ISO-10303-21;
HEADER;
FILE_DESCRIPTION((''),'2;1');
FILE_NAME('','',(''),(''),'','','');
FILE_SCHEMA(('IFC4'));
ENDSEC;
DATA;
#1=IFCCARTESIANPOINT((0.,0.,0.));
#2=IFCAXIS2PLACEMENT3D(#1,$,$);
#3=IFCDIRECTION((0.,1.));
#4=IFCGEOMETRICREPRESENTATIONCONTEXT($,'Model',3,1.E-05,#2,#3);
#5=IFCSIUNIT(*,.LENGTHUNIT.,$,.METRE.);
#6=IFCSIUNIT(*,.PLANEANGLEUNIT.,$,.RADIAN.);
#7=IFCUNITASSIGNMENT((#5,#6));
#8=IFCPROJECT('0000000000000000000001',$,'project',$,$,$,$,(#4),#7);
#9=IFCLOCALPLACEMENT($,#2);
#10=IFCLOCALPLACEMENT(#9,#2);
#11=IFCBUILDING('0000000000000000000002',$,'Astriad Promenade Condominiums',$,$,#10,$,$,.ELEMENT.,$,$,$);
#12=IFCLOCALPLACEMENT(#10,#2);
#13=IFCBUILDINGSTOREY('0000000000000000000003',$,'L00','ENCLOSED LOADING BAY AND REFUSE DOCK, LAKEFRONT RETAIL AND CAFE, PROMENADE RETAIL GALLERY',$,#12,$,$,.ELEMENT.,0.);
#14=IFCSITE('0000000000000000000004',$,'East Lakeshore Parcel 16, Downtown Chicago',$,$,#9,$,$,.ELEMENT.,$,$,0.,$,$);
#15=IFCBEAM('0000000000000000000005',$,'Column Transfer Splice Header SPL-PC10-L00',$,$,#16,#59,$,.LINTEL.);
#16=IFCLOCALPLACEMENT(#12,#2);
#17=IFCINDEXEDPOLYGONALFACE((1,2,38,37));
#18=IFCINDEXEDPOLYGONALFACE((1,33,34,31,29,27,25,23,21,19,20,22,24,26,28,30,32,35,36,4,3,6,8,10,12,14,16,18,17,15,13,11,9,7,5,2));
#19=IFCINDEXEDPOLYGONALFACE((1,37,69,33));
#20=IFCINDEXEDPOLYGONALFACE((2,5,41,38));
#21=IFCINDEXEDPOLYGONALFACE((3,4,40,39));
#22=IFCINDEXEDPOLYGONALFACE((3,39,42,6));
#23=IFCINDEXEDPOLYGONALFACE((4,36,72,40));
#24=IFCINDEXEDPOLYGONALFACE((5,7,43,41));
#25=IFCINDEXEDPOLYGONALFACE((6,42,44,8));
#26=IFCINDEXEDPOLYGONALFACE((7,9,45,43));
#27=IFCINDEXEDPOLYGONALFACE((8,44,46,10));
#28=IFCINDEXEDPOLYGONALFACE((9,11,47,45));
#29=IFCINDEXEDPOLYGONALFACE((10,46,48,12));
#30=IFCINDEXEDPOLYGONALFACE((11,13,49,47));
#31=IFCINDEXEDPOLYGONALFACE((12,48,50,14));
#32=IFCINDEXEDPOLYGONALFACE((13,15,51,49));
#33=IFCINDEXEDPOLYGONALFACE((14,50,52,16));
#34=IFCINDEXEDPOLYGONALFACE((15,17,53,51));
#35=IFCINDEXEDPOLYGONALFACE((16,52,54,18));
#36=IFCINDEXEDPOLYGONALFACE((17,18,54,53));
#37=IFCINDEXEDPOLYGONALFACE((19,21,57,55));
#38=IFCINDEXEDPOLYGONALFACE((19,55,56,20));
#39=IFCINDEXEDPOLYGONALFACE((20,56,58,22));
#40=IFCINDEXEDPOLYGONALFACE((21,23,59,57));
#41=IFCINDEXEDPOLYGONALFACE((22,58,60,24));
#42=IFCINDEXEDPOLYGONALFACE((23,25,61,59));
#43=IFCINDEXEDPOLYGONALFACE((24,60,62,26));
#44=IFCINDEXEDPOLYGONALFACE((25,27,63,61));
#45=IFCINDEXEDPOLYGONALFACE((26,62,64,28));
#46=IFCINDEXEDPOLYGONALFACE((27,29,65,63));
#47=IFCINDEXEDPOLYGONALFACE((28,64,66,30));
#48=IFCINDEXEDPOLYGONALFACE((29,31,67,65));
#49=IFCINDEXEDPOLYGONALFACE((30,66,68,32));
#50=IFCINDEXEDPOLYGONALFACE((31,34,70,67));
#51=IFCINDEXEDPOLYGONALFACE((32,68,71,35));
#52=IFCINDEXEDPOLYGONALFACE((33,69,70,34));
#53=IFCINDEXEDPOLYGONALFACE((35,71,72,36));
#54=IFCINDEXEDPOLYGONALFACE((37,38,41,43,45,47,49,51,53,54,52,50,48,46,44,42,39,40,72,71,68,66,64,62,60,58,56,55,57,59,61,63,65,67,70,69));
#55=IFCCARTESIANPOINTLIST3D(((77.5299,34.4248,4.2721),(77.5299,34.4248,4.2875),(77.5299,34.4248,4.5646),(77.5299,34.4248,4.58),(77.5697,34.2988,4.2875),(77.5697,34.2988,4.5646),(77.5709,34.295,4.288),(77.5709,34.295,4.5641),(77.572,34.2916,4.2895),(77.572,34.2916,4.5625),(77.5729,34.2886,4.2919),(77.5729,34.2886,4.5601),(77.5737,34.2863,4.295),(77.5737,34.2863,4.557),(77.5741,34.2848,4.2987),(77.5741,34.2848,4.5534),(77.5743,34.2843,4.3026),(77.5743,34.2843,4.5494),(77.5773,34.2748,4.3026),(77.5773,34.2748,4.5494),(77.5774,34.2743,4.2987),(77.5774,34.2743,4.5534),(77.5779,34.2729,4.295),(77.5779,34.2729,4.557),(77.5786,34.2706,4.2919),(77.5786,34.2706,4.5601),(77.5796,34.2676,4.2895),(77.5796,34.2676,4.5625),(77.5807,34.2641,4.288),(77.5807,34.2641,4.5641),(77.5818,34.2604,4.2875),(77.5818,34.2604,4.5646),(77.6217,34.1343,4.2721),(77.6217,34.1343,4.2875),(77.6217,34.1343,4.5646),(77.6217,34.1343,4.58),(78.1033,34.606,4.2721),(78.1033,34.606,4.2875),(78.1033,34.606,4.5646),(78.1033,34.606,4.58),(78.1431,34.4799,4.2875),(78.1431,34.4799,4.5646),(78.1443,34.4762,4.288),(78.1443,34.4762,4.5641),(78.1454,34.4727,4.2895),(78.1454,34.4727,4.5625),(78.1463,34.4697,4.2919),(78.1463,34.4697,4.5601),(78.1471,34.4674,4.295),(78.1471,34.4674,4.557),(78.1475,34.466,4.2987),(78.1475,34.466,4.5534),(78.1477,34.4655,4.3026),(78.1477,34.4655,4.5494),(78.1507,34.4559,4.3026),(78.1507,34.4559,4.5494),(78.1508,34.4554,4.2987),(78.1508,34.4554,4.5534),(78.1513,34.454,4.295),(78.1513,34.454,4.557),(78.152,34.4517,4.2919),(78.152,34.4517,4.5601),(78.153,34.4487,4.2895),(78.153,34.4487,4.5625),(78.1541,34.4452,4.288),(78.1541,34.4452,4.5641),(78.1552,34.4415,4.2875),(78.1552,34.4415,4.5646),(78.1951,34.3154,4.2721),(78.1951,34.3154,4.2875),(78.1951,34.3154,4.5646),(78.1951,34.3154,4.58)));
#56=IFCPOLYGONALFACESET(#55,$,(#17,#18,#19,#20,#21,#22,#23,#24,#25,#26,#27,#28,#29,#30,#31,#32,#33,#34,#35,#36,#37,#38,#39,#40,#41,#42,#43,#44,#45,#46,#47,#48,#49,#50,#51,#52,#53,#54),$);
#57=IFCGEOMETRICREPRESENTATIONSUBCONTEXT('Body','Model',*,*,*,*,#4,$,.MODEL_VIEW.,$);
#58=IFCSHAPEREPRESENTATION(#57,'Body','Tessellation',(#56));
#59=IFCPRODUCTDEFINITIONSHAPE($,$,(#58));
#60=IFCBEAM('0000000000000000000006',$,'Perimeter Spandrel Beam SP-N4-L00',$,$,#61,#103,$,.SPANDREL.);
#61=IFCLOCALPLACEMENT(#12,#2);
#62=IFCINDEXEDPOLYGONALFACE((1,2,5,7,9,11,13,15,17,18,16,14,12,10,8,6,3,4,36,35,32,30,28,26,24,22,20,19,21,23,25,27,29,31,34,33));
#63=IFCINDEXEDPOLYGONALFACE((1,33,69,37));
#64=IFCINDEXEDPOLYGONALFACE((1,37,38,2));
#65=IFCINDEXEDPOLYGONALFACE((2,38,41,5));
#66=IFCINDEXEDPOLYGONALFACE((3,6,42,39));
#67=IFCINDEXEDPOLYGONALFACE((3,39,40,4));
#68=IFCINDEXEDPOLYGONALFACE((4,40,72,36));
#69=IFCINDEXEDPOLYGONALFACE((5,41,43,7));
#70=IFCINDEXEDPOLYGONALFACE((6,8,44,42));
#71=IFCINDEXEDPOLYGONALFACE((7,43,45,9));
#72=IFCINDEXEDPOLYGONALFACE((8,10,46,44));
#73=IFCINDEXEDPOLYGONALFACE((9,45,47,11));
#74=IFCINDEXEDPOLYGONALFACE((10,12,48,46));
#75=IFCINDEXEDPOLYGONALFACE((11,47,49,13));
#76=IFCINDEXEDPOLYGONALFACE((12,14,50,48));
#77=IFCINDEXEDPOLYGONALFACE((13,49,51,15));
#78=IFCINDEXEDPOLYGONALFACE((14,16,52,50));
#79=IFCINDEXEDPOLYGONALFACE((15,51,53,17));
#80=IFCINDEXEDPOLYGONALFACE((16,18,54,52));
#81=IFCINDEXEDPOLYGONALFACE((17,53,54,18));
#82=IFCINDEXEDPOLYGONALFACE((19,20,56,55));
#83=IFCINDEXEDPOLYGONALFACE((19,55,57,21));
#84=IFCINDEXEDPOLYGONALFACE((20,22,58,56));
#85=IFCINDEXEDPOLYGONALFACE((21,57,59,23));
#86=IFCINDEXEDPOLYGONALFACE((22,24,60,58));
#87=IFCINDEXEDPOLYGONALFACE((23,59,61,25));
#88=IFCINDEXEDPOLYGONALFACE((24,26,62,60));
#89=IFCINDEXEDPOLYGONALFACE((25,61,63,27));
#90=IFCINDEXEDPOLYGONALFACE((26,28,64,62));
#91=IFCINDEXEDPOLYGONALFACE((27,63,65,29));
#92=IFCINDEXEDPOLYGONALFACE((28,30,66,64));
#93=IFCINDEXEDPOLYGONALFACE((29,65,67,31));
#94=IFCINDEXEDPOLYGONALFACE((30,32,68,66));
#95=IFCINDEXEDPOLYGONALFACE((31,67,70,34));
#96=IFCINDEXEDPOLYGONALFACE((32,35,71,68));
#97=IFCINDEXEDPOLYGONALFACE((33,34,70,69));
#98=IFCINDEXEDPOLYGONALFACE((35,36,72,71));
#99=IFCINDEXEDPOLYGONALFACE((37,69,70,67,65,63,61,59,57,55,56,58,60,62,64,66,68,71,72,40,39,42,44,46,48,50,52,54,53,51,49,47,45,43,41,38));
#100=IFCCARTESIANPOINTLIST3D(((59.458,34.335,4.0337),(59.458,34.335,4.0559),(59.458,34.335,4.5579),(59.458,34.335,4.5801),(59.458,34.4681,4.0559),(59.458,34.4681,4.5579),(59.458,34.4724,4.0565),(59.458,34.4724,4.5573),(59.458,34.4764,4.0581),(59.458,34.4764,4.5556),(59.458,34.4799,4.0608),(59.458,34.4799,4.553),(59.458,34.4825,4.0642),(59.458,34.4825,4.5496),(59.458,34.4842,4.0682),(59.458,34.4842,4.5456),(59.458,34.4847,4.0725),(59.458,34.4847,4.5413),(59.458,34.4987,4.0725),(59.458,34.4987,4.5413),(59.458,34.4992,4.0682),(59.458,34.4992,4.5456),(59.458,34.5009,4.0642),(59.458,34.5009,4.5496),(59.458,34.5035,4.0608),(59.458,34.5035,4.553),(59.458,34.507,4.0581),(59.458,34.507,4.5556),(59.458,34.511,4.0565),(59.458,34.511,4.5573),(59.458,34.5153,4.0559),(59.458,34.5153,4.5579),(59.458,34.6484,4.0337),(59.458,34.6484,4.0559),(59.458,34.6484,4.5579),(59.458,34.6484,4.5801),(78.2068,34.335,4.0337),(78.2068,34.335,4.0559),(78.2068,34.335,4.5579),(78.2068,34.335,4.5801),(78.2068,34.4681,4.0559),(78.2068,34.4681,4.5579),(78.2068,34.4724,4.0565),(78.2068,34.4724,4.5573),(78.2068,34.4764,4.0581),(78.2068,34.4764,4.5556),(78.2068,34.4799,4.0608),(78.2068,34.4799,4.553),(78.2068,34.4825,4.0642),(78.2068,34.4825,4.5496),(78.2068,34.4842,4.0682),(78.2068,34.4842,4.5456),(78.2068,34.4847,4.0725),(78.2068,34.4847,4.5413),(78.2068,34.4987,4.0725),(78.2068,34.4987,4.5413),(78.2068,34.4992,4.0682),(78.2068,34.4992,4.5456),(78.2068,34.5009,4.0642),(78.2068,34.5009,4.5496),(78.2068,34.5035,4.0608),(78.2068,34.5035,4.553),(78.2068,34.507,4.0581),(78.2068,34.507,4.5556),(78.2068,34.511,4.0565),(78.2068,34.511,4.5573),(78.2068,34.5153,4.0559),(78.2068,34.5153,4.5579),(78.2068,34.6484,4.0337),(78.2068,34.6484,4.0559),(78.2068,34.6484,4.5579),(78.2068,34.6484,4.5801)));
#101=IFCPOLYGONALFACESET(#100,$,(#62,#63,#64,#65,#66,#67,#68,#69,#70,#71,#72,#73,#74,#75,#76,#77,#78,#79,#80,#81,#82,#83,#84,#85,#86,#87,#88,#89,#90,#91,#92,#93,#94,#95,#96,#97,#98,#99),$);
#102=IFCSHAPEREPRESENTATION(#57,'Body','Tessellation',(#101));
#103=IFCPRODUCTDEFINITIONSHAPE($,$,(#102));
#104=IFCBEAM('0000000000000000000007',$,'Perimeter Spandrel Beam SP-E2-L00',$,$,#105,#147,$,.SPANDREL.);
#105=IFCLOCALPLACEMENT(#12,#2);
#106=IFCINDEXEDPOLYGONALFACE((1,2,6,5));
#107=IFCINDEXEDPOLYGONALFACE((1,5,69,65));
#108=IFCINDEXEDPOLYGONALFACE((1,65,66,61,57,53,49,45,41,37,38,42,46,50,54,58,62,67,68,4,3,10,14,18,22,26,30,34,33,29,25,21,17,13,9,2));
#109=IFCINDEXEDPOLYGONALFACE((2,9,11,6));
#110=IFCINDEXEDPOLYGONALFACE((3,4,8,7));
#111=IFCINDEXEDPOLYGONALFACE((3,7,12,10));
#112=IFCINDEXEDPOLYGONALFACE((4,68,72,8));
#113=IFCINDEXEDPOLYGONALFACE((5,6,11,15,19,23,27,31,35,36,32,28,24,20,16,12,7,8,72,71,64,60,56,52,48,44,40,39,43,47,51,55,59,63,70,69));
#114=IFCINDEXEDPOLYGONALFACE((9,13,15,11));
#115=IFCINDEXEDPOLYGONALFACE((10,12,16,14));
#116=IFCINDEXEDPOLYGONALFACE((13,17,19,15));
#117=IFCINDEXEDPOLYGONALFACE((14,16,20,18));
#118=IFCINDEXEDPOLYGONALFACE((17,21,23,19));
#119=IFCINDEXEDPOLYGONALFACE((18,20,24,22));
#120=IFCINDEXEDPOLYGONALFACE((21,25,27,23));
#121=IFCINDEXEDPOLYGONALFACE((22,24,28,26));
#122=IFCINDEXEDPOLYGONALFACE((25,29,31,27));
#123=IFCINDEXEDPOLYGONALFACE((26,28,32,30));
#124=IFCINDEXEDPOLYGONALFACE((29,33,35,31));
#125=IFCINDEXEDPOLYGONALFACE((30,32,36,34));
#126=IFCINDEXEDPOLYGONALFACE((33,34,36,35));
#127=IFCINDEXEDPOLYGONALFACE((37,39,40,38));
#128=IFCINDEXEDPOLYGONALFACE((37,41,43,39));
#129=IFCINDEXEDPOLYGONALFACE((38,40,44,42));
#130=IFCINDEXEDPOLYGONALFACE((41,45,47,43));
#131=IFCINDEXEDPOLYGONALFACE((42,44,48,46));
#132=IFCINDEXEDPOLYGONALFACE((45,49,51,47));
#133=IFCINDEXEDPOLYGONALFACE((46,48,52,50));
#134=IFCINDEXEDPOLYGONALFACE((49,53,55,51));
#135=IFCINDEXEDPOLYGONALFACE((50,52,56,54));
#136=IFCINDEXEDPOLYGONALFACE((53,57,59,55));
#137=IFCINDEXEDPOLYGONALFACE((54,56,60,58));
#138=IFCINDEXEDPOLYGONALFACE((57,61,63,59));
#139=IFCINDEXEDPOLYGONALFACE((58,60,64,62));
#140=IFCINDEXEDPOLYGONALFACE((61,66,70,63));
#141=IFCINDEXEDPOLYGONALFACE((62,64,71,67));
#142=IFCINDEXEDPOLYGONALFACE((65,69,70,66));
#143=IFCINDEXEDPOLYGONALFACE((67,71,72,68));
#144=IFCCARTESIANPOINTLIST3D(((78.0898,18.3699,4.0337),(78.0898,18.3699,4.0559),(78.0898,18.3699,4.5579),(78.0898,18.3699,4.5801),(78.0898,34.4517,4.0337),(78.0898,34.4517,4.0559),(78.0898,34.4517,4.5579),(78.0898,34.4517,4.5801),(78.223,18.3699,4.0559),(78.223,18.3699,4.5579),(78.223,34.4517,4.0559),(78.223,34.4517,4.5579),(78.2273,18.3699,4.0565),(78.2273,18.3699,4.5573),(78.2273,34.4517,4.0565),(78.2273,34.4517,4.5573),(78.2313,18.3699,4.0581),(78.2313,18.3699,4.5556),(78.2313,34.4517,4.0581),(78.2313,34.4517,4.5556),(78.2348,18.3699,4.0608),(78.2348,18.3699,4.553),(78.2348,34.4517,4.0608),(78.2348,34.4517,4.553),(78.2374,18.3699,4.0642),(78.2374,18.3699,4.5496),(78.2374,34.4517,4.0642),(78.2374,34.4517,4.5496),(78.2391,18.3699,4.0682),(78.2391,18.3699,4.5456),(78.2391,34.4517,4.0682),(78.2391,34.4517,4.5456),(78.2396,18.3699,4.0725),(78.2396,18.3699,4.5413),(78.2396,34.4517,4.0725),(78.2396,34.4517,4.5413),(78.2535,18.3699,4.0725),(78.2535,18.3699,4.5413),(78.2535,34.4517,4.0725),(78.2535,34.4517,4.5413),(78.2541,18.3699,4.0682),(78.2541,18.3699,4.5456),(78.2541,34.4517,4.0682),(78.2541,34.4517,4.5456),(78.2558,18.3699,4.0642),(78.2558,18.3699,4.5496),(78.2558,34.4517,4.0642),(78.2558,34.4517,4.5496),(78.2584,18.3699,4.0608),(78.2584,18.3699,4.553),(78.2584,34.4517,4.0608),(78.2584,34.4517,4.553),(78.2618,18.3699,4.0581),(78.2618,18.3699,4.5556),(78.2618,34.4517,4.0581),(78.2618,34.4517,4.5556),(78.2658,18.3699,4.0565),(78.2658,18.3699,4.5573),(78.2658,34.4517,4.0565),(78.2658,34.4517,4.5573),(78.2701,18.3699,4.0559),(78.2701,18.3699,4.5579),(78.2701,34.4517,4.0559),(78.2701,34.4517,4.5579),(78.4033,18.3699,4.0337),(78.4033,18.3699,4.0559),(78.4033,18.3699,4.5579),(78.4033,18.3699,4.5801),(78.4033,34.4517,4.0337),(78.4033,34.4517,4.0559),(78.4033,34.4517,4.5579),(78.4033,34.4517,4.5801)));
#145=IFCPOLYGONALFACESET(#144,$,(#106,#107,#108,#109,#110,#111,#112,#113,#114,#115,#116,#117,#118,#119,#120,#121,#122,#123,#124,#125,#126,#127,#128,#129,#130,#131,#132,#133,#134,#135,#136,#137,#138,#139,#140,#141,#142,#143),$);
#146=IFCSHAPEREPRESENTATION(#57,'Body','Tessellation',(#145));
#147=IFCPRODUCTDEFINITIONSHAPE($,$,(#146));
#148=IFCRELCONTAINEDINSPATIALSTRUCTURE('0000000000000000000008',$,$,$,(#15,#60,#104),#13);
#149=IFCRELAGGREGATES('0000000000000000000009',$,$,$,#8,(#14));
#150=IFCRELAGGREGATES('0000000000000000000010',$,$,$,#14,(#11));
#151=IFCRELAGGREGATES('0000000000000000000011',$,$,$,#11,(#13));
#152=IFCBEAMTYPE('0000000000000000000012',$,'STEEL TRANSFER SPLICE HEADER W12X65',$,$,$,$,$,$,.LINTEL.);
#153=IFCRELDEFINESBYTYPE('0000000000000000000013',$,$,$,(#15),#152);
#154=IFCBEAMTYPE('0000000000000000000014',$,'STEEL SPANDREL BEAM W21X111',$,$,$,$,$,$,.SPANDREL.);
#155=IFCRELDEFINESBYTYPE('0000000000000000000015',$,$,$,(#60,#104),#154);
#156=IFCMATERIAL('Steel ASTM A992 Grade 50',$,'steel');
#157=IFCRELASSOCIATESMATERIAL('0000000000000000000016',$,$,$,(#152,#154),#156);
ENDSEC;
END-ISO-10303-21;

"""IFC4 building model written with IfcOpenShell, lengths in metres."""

from ifc_helpers import new_model, si_unit, direction, frame, origin, origin_2d, place, context, subcontext, project, spatial, i_section, extrude, source, transform, mapped, material, material_profile, profile_set, type_object, type_shapes, element, save


model = new_model("IFC4")

# Units and contexts
model_context = context("Model", 3, precision=1e-05, world=origin(), true_north=direction((0.0, 1.0)))
body_context = subcontext(model_context, "Body", "Model", "MODEL_VIEW")
ifc_project = project(units=[si_unit("LENGTHUNIT", "METRE"), si_unit("PLANEANGLEUNIT", "RADIAN")], contexts=[model_context])

# Site, building, storey
site_placement = place(None, origin())
site = spatial("IfcSite", under=ifc_project, at=site_placement, Name="East Lakeshore Parcel 16, Downtown Chicago", CompositionType="ELEMENT", RefElevation=0.0)
building_placement = place(site_placement, origin())
building = spatial("IfcBuilding", under=site, at=building_placement, Name="Astriad Promenade Condominiums", CompositionType="ELEMENT")
storey_placement = place(building_placement, origin())
storey = spatial("IfcBuildingStorey", under=building, at=storey_placement, Name="L00", Description="ENCLOSED LOADING BAY AND REFUSE DOCK, LAKEFRONT RETAIL AND CAFE, PROMENADE RETAIL GALLERY", CompositionType="ELEMENT", Elevation=0.0)

# Shared definitions
ifc_material_1 = material(Name="Steel ASTM A992 Grade 50", Category="steel")

# Beams
ifc_material_profile_1 = material_profile(ifc_material_1, i_section(OverallWidth=0.3047, OverallDepth=0.3079, WebThickness=0.01, FlangeThickness=0.0154, FilletRadius=0.0151, at=origin_2d()), Name="W12X65")
ifc_profile_set_1 = profile_set([ifc_material_profile_1], Name="Steel ASTM A992 Grade 50")
beam_type_1 = type_object("IfcBeamType", Name="STEEL TRANSFER SPLICE HEADER W12X65", PredefinedType="LINTEL", material=ifc_profile_set_1)
shared_shape_1 = source(origin(), body_context, "Body", "SweptSolid", [
    extrude(i_section(OverallWidth=0.3047, OverallDepth=0.3079, WebThickness=0.01, FlangeThickness=0.0154, FilletRadius=0.0151, at=origin_2d()), origin(), (0.0, 0.0, 1.0), 0.6013),
])
beam_1_placement = place(storey_placement, frame((78.1492, 34.4607, 4.426), z_axis=(-0.953558, -0.301209, 0.0), x_axis=(0.301209, -0.953558, 0.0)))
element("IfcBeam", 1, at=beam_1_placement, inside=storey, type_object=beam_type_1, Name="Column Transfer Splice Header SPL-PC10-L00", PredefinedType="LINTEL", context=body_context, shape_type="MappedRepresentation", body=[
    mapped(shared_shape_1, transform((0.0, 0.0, 0.0), scale=1.0)),
])
ifc_material_profile_2 = material_profile(ifc_material_1, i_section(OverallWidth=0.3135, OverallDepth=0.5464, WebThickness=0.0139, FlangeThickness=0.0222, FilletRadius=0.0166, at=origin_2d()), Name="W21X111")
ifc_profile_set_2 = profile_set([ifc_material_profile_2], Name="Steel ASTM A992 Grade 50")
beam_type_2 = type_object("IfcBeamType", Name="STEEL SPANDREL BEAM W21X111", PredefinedType="SPANDREL", material=ifc_profile_set_2)
shared_shape_2 = source(origin(), body_context, "Body", "SweptSolid", [
    extrude(i_section(OverallWidth=0.3135, OverallDepth=0.5464, WebThickness=0.0139, FlangeThickness=0.0222, FilletRadius=0.0166, at=origin_2d()), origin(), (0.0, 0.0, 1.0), 18.7488),
])
beam_2_placement = place(storey_placement, frame((78.2068, 34.4917, 4.3069), z_axis=(-1.0, 0.0, 0.0), x_axis=(0.0, -1.0, 0.0)))
element("IfcBeam", 2, at=beam_2_placement, inside=storey, type_object=beam_type_2, Name="Perimeter Spandrel Beam SP-N4-L00", PredefinedType="SPANDREL", context=body_context, shape_type="MappedRepresentation", body=[
    mapped(shared_shape_2, transform((0.0, 0.0, 0.0), scale=1.0)),
])
shared_shape_3 = source(origin(), body_context, "Body", "SweptSolid", [
    extrude(i_section(OverallWidth=0.3135, OverallDepth=0.5464, WebThickness=0.0139, FlangeThickness=0.0222, FilletRadius=0.0166, at=origin_2d()), origin(), (0.0, 0.0, 1.0), 16.0818),
])
type_shapes(beam_type_2, [shared_shape_2, shared_shape_3])
beam_3_placement = place(storey_placement, frame((78.2466, 18.3699, 4.3069), z_axis=(0.0, 1.0, 0.0), x_axis=(-1.0, 0.0, 0.0)))
element("IfcBeam", 3, at=beam_3_placement, inside=storey, type_object=beam_type_2, Name="Perimeter Spandrel Beam SP-E2-L00", PredefinedType="SPANDREL", context=body_context, shape_type="MappedRepresentation", body=[
    mapped(shared_shape_3, transform((0.0, 0.0, 0.0), scale=1.0)),
])

save(model, "model.ifc")
